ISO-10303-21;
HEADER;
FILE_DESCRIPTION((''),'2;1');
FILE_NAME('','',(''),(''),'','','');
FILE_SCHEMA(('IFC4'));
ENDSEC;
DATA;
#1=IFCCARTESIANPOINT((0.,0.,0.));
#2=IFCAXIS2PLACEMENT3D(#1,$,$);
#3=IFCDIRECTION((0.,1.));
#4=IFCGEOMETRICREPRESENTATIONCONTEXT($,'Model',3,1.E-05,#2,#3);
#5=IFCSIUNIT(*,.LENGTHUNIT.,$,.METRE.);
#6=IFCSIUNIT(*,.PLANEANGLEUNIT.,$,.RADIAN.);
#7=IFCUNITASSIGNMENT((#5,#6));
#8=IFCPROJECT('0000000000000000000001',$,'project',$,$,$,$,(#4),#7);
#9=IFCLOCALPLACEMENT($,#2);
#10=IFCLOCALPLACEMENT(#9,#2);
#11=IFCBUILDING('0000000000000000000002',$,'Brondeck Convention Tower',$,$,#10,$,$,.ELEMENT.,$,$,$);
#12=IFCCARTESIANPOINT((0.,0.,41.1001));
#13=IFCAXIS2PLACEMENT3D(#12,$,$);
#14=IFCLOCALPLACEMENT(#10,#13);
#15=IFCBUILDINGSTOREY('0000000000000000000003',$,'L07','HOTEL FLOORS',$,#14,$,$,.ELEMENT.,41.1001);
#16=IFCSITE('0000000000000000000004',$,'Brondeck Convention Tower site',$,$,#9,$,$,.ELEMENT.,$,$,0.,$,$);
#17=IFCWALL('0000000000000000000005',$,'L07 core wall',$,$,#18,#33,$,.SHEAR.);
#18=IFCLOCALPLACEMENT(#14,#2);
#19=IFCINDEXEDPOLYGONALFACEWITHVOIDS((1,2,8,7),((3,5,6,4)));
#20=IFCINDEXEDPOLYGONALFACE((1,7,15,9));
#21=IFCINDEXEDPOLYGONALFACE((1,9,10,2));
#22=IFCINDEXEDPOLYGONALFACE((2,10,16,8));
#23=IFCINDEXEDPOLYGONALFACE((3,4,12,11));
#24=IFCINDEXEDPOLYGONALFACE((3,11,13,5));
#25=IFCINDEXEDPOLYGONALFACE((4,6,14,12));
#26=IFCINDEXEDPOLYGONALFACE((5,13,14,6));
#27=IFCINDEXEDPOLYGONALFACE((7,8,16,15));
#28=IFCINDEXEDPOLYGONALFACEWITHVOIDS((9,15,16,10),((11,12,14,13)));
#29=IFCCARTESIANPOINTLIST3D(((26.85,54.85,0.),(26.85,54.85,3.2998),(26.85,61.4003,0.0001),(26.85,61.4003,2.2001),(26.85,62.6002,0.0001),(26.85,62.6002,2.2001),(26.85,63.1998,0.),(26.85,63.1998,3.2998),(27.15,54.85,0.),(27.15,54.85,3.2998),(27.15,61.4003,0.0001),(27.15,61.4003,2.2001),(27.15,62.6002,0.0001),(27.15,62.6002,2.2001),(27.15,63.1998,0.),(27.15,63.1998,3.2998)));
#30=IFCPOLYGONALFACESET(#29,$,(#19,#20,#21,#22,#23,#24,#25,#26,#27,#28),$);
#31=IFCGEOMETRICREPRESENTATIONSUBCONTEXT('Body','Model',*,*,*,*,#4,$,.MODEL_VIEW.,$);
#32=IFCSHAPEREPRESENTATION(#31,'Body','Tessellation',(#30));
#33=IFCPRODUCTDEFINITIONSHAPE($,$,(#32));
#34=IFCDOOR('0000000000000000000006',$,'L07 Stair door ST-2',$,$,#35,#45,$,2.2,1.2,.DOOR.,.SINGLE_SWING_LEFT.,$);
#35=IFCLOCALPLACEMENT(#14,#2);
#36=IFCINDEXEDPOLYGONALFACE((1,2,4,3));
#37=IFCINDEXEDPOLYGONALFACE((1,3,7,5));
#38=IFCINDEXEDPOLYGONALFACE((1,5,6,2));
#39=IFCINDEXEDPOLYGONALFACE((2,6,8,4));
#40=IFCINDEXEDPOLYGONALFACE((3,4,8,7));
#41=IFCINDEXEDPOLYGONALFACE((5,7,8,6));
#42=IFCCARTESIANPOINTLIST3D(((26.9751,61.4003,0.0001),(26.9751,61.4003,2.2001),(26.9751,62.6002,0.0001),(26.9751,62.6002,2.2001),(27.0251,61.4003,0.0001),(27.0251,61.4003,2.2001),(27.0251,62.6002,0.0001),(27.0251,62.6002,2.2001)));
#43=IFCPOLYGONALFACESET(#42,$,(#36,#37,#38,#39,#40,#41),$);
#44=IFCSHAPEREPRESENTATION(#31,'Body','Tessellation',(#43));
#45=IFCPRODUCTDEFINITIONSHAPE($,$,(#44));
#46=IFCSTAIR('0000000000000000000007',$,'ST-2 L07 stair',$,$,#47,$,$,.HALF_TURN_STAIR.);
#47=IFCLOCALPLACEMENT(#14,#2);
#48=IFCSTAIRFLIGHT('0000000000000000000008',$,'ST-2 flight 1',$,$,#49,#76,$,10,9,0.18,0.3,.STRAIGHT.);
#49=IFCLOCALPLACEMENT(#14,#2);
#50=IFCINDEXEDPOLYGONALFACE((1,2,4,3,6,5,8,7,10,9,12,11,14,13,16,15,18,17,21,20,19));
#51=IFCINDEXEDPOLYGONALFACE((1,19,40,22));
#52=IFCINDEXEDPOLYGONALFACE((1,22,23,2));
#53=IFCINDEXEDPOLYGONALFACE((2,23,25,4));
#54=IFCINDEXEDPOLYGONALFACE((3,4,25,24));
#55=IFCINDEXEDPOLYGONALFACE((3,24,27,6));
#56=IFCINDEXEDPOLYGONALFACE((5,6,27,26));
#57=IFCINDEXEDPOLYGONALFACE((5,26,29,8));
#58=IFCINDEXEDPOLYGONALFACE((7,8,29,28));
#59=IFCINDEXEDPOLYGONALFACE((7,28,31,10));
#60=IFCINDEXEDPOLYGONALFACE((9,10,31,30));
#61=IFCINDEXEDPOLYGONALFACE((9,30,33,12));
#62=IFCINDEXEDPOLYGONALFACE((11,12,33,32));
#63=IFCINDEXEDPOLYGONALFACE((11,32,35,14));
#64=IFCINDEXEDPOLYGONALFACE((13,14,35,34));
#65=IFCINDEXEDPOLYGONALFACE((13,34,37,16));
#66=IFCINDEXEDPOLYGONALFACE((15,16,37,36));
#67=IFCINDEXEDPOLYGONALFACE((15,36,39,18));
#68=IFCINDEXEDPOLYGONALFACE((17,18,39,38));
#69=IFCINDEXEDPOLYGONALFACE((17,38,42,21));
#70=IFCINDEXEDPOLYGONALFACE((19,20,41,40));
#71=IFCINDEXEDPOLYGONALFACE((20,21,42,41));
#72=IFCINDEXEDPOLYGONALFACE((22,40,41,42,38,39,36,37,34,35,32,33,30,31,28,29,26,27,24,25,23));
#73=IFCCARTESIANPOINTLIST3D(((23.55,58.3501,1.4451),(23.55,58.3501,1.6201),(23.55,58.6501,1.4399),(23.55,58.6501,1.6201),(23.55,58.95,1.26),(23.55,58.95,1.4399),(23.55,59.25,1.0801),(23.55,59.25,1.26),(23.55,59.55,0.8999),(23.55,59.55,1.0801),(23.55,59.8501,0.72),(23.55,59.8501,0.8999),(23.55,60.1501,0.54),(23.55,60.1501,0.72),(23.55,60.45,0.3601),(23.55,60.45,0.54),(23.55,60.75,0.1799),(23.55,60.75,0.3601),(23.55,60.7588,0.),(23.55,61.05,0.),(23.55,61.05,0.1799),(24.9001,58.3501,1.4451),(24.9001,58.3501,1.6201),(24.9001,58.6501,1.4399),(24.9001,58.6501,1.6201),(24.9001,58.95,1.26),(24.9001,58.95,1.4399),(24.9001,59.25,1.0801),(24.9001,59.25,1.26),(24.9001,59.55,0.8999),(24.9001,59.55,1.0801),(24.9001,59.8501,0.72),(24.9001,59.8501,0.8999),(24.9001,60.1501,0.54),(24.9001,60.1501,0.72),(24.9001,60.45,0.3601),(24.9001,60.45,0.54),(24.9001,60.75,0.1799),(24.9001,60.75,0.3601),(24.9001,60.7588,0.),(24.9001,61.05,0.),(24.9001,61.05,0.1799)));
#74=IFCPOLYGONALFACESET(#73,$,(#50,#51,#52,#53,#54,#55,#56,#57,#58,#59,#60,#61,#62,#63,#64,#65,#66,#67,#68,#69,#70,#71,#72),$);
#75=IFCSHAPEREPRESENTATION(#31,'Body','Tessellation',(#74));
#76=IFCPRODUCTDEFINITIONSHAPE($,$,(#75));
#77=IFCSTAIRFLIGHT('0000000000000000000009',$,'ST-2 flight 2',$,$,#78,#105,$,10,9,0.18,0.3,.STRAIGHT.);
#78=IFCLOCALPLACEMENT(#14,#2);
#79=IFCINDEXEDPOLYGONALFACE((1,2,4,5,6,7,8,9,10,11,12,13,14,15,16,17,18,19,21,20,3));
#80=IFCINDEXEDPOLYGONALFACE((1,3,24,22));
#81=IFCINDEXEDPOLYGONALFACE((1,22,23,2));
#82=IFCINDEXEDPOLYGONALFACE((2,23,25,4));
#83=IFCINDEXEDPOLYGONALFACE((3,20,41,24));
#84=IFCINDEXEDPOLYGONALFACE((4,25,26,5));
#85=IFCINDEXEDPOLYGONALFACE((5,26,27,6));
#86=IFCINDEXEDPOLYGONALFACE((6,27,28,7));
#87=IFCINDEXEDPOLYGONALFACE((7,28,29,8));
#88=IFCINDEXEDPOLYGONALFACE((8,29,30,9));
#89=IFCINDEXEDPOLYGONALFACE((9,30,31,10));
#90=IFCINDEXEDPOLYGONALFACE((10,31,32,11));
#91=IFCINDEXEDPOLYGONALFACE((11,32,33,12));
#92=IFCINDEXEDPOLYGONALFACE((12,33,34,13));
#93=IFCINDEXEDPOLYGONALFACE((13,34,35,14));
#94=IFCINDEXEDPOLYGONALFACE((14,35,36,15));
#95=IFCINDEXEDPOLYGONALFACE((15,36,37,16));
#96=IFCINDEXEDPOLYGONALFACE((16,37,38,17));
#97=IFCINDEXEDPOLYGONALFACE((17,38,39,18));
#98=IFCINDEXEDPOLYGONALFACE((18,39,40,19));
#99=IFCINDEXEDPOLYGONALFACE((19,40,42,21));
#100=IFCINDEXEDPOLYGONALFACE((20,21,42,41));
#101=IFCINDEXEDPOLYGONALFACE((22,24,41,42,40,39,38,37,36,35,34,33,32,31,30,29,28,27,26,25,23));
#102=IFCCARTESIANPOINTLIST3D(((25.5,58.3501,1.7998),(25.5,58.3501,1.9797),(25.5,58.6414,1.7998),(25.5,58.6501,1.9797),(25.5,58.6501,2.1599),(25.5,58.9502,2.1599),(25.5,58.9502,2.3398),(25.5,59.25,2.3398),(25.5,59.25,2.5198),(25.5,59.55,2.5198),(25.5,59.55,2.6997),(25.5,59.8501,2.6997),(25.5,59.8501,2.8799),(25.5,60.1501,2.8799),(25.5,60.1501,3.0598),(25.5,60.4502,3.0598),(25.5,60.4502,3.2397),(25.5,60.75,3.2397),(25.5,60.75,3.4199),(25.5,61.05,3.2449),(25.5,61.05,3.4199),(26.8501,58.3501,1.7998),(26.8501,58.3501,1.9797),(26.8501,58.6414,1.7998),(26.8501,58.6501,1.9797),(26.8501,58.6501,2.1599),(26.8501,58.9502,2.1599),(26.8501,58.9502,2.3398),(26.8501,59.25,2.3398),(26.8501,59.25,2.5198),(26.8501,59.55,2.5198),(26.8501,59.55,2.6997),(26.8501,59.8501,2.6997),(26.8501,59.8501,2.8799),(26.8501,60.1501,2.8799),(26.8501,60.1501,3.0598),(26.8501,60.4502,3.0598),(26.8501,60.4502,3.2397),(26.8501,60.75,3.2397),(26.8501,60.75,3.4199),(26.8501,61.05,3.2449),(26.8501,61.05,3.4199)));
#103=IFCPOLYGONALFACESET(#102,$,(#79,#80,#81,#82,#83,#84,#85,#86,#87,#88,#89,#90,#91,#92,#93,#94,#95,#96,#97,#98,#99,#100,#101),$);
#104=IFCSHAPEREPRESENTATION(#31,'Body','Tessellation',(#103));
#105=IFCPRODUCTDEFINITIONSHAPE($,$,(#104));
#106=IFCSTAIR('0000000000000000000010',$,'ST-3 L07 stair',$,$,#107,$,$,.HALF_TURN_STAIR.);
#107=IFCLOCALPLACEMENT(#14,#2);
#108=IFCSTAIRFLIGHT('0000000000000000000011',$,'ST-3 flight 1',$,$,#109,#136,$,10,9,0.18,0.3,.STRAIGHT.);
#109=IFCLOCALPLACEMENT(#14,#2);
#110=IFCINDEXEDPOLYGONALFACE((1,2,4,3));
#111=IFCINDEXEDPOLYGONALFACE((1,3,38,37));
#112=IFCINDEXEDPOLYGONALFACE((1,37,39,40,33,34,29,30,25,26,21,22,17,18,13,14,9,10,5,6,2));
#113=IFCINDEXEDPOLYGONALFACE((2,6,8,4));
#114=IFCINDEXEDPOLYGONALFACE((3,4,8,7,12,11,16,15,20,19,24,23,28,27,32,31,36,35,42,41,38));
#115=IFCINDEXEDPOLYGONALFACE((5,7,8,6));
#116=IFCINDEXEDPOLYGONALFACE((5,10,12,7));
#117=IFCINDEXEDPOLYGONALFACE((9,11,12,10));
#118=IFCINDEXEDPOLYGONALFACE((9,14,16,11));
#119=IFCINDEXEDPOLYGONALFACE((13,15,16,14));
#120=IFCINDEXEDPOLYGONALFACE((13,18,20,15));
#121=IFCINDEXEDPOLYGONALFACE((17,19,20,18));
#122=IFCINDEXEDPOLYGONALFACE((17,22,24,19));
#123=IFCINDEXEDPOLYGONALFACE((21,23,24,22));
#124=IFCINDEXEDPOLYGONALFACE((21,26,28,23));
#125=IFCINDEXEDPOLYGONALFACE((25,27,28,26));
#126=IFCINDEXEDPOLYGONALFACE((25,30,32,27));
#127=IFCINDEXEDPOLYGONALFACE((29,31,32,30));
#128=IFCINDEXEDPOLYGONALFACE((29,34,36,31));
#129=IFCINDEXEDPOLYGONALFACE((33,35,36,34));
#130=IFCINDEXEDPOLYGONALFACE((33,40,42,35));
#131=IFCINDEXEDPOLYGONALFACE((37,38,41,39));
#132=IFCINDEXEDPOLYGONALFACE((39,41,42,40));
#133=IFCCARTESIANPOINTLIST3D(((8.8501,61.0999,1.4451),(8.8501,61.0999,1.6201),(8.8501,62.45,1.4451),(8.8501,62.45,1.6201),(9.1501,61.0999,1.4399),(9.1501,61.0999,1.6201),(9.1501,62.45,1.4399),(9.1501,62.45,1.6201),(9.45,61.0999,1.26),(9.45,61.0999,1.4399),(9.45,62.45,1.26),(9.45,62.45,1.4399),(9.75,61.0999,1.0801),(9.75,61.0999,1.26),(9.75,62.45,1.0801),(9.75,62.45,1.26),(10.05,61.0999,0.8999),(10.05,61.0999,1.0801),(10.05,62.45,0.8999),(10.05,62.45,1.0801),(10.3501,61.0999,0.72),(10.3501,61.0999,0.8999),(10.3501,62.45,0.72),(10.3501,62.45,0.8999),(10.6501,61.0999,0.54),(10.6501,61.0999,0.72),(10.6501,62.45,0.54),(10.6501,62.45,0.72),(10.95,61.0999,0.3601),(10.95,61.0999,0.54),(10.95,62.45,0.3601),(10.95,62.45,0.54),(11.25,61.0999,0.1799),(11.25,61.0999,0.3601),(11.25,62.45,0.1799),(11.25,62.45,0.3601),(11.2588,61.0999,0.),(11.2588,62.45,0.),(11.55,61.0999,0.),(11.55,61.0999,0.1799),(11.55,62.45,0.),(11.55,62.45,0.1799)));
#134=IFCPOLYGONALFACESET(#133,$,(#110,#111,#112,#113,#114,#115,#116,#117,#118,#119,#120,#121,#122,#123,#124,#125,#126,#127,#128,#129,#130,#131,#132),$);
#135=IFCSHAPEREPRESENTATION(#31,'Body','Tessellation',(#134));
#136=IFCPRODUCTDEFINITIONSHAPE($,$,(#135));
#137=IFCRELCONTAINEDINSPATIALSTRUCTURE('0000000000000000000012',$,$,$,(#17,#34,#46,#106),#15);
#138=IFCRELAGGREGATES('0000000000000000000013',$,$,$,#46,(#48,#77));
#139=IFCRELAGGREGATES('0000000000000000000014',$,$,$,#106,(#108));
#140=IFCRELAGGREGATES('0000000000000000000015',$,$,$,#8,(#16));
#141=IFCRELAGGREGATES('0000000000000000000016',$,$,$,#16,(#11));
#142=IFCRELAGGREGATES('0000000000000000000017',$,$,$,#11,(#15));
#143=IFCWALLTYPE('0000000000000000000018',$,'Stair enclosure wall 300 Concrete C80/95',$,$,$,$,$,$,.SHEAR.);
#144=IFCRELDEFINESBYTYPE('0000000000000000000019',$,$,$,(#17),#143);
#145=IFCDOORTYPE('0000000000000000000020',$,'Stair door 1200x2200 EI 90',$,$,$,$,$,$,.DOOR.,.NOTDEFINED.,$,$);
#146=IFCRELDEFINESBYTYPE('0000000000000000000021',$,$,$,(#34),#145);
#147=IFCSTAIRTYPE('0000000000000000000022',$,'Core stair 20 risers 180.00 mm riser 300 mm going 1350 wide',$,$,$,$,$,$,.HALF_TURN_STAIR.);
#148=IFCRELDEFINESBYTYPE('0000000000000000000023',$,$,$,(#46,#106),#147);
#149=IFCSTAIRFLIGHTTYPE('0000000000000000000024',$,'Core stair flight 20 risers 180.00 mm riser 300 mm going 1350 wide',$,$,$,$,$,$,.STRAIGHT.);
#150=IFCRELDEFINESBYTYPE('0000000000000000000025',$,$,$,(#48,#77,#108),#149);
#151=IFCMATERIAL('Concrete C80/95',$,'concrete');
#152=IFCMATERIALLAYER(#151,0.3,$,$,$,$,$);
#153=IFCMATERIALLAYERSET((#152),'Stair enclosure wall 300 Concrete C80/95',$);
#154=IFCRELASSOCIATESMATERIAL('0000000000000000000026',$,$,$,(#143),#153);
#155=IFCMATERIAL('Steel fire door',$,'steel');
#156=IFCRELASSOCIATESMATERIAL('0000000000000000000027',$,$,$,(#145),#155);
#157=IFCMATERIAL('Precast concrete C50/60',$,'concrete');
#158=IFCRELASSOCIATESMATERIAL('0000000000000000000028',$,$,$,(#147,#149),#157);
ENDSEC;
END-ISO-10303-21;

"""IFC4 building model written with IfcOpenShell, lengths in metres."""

from ifc_helpers import new_model, si_unit, direction, frame, frame_2d, origin, place, context, subcontext, project, spatial, polyline, rectangle, outline, extrude, material, layer, layer_set, type_object, element, fill, aggregate, save


model = new_model("IFC4")

# Units and contexts
model_context = context("Model", 3, precision=1e-05, world=origin(), true_north=direction((0.0, 1.0)))
body_context = subcontext(model_context, "Body", "Model", "MODEL_VIEW")
ifc_project = project(units=[si_unit("LENGTHUNIT", "METRE"), si_unit("PLANEANGLEUNIT", "RADIAN")], contexts=[model_context])

# Site, building, storey
site_placement = place(None, origin())
site = spatial("IfcSite", under=ifc_project, at=site_placement, Name="Brondeck Convention Tower site", CompositionType="ELEMENT", RefElevation=0.0)
building_placement = place(site_placement, origin())
building = spatial("IfcBuilding", under=site, at=building_placement, Name="Brondeck Convention Tower", CompositionType="ELEMENT")
storey_placement = place(building_placement, frame((0.0, 0.0, 41.1001)))
storey = spatial("IfcBuildingStorey", under=building, at=storey_placement, Name="L07", Description="HOTEL FLOORS", CompositionType="ELEMENT", Elevation=41.1001)

# Shared definitions
ifc_material_1 = material(Name="Concrete C80/95", Category="concrete")

# Shared definitions
ifc_material_2 = material(Name="Steel fire door", Category="steel")

# Shared definitions
ifc_layer_1 = layer(ifc_material_1, 0.3)
ifc_layer_set_1 = layer_set([ifc_layer_1], Name="Stair enclosure wall 300 Concrete C80/95")
wall_type_1 = type_object("IfcWallType", Name="Stair enclosure wall 300 Concrete C80/95", PredefinedType="SHEAR", material=ifc_layer_set_1)

# Wall, opening, door
wall_1_placement = place(storey_placement, frame((27.0, 54.8501, 0.0), z_axis=(0.0, 0.0, 1.0), x_axis=(0.0, 1.0, 0.0)))
wall_1 = element("IfcWall", 1, at=wall_1_placement, inside=storey, type_object=wall_type_1, Name="L07 core wall", PredefinedType="SHEAR", context=body_context, shape_type="SweptSolid", body=[
    extrude(rectangle(XDim=8.3499, YDim=0.3, at=frame_2d((4.1748, 0.0))), origin(), (0.0, 0.0, 1.0), 3.2998),
])
opening_1_placement = place(wall_1_placement, frame((6.55, 0.0, 0.0)))
opening_1 = element("IfcOpeningElement", 2, at=opening_1_placement, cuts=wall_1, PredefinedType="OPENING", context=body_context, shape_type="SweptSolid", body=[
    extrude(rectangle(XDim=1.2, YDim=2.2, at=frame_2d((0.6001, 1.1001))), frame((0.0, 0.1599, 0.0), z_axis=(0.0, -1.0, 0.0), x_axis=(1.0, 0.0, 0.0)), (0.0, 0.0, 1.0), 0.3201),
])
door_type_1 = type_object("IfcDoorType", Name="Stair door 1200x2200 EI 90", OperationType="NOTDEFINED", PredefinedType="DOOR", material=ifc_material_2)
door_1_placement = place(opening_1_placement, origin())
door_1 = element("IfcDoor", 3, at=door_1_placement, inside=storey, type_object=door_type_1, Name="L07 Stair door ST-2", OperationType="SINGLE_SWING_LEFT", OverallHeight=2.2, OverallWidth=1.2, PredefinedType="DOOR", context=body_context, shape_type="SweptSolid", body=[
    extrude(rectangle(XDim=1.2, YDim=2.2, at=frame_2d((0.6001, 1.1001))), frame((0.0, 0.0249, 0.0), z_axis=(0.0, -1.0, 0.0), x_axis=(1.0, 0.0, 0.0)), (0.0, 0.0, 1.0), 0.05),
])
fill(opening_1, door_1)

# Stair, stair flights
ifc_material_3 = material(Name="Precast concrete C50/60", Category="concrete")
stair_type = type_object("IfcStairType", Name="Core stair 20 risers 180.00 mm riser 300 mm going 1350 wide", PredefinedType="HALF_TURN_STAIR", material=ifc_material_3)
stair_1_placement = place(storey_placement, origin())
stair_1 = element("IfcStair", 4, at=stair_1_placement, inside=storey, type_object=stair_type, Name="ST-2 L07 stair", PredefinedType="HALF_TURN_STAIR")
stair_flight_type = type_object("IfcStairFlightType", Name="Core stair flight 20 risers 180.00 mm riser 300 mm going 1350 wide", PredefinedType="STRAIGHT", material=ifc_material_3)
stair_flight_1_placement = place(storey_placement, frame((24.2251, 61.05, 0.0), z_axis=(0.0, 0.0, 1.0), x_axis=(0.0, -1.0, 0.0)))
stair_flight_1 = element("IfcStairFlight", 5, at=stair_flight_1_placement, type_object=stair_flight_type, Name="ST-2 flight 1", NumberOfRisers=10, NumberOfTreads=9, PredefinedType="STRAIGHT", RiserHeight=0.18, TreadLength=0.3, context=body_context, shape_type="SweptSolid", body=[
    extrude(outline(polyline([(0.0, 0.0), (0.0, 0.1799), (0.3, 0.1799), (0.3, 0.3601), (0.6001, 0.3601), (0.6001, 0.54), (0.8999, 0.54), (0.8999, 0.72), (1.2, 0.72), (1.2, 0.8999), (1.5, 0.8999), (1.5, 1.0801), (1.8, 1.0801), (1.8, 1.26), (2.1001, 1.26), (2.1001, 1.4399), (2.3999, 1.4399), (2.3999, 1.6201), (2.7, 1.6201), (2.7, 1.8), (2.7, 1.4451), (0.2913, 0.0), (0.0, 0.0)])), frame((0.0, 0.675, 0.0), z_axis=(0.0, -1.0, 0.0), x_axis=(1.0, 0.0, 0.0)), (0.0, 0.0, 1.0), 1.3501),
])
stair_flight_2_placement = place(storey_placement, frame((26.175, 58.3501, 1.7998), z_axis=(0.0, 0.0, 1.0), x_axis=(0.0, 1.0, 0.0)))
stair_flight_2 = element("IfcStairFlight", 6, at=stair_flight_2_placement, type_object=stair_flight_type, Name="ST-2 flight 2", NumberOfRisers=10, NumberOfTreads=9, PredefinedType="STRAIGHT", RiserHeight=0.18, TreadLength=0.3, context=body_context, shape_type="SweptSolid", body=[
    extrude(outline(polyline([(0.0, 0.0), (0.0, 0.1799), (0.3, 0.1799), (0.3, 0.3601), (0.6001, 0.3601), (0.6001, 0.54), (0.8999, 0.54), (0.8999, 0.72), (1.2, 0.72), (1.2, 0.8999), (1.5, 0.8999), (1.5, 1.0801), (1.8, 1.0801), (1.8, 1.26), (2.1001, 1.26), (2.1001, 1.4399), (2.3999, 1.4399), (2.3999, 1.6201), (2.7, 1.6201), (2.7, 1.8), (2.7, 1.4451), (0.2913, 0.0), (0.0, 0.0)])), frame((0.0, 0.675, 0.0), z_axis=(0.0, -1.0, 0.0), x_axis=(1.0, 0.0, 0.0)), (0.0, 0.0, 1.0), 1.3501),
])
aggregate(stair_1, [stair_flight_1, stair_flight_2])

# Stair, stair flight
stair_2_placement = place(storey_placement, origin())
stair_2 = element("IfcStair", 7, at=stair_2_placement, inside=storey, type_object=stair_type, Name="ST-3 L07 stair", PredefinedType="HALF_TURN_STAIR")
stair_flight_3_placement = place(storey_placement, frame((11.55, 61.7749, 0.0), z_axis=(0.0, 0.0, 1.0), x_axis=(-1.0, 0.0, 0.0)))
stair_flight_3 = element("IfcStairFlight", 8, at=stair_flight_3_placement, type_object=stair_flight_type, Name="ST-3 flight 1", NumberOfRisers=10, NumberOfTreads=9, PredefinedType="STRAIGHT", RiserHeight=0.18, TreadLength=0.3, context=body_context, shape_type="SweptSolid", body=[
    extrude(outline(polyline([(0.0, 0.0), (0.0, 0.1799), (0.3, 0.1799), (0.3, 0.3601), (0.6001, 0.3601), (0.6001, 0.54), (0.8999, 0.54), (0.8999, 0.72), (1.2, 0.72), (1.2, 0.8999), (1.5, 0.8999), (1.5, 1.0801), (1.8, 1.0801), (1.8, 1.26), (2.1001, 1.26), (2.1001, 1.4399), (2.3999, 1.4399), (2.3999, 1.6201), (2.7, 1.6201), (2.7, 1.8), (2.7, 1.4451), (0.2913, 0.0), (0.0, 0.0)])), frame((0.0, 0.675, 0.0), z_axis=(0.0, -1.0, 0.0), x_axis=(1.0, 0.0, 0.0)), (0.0, 0.0, 1.0), 1.3501),
])
aggregate(stair_2, [stair_flight_3])

save(model, "model.ifc")
